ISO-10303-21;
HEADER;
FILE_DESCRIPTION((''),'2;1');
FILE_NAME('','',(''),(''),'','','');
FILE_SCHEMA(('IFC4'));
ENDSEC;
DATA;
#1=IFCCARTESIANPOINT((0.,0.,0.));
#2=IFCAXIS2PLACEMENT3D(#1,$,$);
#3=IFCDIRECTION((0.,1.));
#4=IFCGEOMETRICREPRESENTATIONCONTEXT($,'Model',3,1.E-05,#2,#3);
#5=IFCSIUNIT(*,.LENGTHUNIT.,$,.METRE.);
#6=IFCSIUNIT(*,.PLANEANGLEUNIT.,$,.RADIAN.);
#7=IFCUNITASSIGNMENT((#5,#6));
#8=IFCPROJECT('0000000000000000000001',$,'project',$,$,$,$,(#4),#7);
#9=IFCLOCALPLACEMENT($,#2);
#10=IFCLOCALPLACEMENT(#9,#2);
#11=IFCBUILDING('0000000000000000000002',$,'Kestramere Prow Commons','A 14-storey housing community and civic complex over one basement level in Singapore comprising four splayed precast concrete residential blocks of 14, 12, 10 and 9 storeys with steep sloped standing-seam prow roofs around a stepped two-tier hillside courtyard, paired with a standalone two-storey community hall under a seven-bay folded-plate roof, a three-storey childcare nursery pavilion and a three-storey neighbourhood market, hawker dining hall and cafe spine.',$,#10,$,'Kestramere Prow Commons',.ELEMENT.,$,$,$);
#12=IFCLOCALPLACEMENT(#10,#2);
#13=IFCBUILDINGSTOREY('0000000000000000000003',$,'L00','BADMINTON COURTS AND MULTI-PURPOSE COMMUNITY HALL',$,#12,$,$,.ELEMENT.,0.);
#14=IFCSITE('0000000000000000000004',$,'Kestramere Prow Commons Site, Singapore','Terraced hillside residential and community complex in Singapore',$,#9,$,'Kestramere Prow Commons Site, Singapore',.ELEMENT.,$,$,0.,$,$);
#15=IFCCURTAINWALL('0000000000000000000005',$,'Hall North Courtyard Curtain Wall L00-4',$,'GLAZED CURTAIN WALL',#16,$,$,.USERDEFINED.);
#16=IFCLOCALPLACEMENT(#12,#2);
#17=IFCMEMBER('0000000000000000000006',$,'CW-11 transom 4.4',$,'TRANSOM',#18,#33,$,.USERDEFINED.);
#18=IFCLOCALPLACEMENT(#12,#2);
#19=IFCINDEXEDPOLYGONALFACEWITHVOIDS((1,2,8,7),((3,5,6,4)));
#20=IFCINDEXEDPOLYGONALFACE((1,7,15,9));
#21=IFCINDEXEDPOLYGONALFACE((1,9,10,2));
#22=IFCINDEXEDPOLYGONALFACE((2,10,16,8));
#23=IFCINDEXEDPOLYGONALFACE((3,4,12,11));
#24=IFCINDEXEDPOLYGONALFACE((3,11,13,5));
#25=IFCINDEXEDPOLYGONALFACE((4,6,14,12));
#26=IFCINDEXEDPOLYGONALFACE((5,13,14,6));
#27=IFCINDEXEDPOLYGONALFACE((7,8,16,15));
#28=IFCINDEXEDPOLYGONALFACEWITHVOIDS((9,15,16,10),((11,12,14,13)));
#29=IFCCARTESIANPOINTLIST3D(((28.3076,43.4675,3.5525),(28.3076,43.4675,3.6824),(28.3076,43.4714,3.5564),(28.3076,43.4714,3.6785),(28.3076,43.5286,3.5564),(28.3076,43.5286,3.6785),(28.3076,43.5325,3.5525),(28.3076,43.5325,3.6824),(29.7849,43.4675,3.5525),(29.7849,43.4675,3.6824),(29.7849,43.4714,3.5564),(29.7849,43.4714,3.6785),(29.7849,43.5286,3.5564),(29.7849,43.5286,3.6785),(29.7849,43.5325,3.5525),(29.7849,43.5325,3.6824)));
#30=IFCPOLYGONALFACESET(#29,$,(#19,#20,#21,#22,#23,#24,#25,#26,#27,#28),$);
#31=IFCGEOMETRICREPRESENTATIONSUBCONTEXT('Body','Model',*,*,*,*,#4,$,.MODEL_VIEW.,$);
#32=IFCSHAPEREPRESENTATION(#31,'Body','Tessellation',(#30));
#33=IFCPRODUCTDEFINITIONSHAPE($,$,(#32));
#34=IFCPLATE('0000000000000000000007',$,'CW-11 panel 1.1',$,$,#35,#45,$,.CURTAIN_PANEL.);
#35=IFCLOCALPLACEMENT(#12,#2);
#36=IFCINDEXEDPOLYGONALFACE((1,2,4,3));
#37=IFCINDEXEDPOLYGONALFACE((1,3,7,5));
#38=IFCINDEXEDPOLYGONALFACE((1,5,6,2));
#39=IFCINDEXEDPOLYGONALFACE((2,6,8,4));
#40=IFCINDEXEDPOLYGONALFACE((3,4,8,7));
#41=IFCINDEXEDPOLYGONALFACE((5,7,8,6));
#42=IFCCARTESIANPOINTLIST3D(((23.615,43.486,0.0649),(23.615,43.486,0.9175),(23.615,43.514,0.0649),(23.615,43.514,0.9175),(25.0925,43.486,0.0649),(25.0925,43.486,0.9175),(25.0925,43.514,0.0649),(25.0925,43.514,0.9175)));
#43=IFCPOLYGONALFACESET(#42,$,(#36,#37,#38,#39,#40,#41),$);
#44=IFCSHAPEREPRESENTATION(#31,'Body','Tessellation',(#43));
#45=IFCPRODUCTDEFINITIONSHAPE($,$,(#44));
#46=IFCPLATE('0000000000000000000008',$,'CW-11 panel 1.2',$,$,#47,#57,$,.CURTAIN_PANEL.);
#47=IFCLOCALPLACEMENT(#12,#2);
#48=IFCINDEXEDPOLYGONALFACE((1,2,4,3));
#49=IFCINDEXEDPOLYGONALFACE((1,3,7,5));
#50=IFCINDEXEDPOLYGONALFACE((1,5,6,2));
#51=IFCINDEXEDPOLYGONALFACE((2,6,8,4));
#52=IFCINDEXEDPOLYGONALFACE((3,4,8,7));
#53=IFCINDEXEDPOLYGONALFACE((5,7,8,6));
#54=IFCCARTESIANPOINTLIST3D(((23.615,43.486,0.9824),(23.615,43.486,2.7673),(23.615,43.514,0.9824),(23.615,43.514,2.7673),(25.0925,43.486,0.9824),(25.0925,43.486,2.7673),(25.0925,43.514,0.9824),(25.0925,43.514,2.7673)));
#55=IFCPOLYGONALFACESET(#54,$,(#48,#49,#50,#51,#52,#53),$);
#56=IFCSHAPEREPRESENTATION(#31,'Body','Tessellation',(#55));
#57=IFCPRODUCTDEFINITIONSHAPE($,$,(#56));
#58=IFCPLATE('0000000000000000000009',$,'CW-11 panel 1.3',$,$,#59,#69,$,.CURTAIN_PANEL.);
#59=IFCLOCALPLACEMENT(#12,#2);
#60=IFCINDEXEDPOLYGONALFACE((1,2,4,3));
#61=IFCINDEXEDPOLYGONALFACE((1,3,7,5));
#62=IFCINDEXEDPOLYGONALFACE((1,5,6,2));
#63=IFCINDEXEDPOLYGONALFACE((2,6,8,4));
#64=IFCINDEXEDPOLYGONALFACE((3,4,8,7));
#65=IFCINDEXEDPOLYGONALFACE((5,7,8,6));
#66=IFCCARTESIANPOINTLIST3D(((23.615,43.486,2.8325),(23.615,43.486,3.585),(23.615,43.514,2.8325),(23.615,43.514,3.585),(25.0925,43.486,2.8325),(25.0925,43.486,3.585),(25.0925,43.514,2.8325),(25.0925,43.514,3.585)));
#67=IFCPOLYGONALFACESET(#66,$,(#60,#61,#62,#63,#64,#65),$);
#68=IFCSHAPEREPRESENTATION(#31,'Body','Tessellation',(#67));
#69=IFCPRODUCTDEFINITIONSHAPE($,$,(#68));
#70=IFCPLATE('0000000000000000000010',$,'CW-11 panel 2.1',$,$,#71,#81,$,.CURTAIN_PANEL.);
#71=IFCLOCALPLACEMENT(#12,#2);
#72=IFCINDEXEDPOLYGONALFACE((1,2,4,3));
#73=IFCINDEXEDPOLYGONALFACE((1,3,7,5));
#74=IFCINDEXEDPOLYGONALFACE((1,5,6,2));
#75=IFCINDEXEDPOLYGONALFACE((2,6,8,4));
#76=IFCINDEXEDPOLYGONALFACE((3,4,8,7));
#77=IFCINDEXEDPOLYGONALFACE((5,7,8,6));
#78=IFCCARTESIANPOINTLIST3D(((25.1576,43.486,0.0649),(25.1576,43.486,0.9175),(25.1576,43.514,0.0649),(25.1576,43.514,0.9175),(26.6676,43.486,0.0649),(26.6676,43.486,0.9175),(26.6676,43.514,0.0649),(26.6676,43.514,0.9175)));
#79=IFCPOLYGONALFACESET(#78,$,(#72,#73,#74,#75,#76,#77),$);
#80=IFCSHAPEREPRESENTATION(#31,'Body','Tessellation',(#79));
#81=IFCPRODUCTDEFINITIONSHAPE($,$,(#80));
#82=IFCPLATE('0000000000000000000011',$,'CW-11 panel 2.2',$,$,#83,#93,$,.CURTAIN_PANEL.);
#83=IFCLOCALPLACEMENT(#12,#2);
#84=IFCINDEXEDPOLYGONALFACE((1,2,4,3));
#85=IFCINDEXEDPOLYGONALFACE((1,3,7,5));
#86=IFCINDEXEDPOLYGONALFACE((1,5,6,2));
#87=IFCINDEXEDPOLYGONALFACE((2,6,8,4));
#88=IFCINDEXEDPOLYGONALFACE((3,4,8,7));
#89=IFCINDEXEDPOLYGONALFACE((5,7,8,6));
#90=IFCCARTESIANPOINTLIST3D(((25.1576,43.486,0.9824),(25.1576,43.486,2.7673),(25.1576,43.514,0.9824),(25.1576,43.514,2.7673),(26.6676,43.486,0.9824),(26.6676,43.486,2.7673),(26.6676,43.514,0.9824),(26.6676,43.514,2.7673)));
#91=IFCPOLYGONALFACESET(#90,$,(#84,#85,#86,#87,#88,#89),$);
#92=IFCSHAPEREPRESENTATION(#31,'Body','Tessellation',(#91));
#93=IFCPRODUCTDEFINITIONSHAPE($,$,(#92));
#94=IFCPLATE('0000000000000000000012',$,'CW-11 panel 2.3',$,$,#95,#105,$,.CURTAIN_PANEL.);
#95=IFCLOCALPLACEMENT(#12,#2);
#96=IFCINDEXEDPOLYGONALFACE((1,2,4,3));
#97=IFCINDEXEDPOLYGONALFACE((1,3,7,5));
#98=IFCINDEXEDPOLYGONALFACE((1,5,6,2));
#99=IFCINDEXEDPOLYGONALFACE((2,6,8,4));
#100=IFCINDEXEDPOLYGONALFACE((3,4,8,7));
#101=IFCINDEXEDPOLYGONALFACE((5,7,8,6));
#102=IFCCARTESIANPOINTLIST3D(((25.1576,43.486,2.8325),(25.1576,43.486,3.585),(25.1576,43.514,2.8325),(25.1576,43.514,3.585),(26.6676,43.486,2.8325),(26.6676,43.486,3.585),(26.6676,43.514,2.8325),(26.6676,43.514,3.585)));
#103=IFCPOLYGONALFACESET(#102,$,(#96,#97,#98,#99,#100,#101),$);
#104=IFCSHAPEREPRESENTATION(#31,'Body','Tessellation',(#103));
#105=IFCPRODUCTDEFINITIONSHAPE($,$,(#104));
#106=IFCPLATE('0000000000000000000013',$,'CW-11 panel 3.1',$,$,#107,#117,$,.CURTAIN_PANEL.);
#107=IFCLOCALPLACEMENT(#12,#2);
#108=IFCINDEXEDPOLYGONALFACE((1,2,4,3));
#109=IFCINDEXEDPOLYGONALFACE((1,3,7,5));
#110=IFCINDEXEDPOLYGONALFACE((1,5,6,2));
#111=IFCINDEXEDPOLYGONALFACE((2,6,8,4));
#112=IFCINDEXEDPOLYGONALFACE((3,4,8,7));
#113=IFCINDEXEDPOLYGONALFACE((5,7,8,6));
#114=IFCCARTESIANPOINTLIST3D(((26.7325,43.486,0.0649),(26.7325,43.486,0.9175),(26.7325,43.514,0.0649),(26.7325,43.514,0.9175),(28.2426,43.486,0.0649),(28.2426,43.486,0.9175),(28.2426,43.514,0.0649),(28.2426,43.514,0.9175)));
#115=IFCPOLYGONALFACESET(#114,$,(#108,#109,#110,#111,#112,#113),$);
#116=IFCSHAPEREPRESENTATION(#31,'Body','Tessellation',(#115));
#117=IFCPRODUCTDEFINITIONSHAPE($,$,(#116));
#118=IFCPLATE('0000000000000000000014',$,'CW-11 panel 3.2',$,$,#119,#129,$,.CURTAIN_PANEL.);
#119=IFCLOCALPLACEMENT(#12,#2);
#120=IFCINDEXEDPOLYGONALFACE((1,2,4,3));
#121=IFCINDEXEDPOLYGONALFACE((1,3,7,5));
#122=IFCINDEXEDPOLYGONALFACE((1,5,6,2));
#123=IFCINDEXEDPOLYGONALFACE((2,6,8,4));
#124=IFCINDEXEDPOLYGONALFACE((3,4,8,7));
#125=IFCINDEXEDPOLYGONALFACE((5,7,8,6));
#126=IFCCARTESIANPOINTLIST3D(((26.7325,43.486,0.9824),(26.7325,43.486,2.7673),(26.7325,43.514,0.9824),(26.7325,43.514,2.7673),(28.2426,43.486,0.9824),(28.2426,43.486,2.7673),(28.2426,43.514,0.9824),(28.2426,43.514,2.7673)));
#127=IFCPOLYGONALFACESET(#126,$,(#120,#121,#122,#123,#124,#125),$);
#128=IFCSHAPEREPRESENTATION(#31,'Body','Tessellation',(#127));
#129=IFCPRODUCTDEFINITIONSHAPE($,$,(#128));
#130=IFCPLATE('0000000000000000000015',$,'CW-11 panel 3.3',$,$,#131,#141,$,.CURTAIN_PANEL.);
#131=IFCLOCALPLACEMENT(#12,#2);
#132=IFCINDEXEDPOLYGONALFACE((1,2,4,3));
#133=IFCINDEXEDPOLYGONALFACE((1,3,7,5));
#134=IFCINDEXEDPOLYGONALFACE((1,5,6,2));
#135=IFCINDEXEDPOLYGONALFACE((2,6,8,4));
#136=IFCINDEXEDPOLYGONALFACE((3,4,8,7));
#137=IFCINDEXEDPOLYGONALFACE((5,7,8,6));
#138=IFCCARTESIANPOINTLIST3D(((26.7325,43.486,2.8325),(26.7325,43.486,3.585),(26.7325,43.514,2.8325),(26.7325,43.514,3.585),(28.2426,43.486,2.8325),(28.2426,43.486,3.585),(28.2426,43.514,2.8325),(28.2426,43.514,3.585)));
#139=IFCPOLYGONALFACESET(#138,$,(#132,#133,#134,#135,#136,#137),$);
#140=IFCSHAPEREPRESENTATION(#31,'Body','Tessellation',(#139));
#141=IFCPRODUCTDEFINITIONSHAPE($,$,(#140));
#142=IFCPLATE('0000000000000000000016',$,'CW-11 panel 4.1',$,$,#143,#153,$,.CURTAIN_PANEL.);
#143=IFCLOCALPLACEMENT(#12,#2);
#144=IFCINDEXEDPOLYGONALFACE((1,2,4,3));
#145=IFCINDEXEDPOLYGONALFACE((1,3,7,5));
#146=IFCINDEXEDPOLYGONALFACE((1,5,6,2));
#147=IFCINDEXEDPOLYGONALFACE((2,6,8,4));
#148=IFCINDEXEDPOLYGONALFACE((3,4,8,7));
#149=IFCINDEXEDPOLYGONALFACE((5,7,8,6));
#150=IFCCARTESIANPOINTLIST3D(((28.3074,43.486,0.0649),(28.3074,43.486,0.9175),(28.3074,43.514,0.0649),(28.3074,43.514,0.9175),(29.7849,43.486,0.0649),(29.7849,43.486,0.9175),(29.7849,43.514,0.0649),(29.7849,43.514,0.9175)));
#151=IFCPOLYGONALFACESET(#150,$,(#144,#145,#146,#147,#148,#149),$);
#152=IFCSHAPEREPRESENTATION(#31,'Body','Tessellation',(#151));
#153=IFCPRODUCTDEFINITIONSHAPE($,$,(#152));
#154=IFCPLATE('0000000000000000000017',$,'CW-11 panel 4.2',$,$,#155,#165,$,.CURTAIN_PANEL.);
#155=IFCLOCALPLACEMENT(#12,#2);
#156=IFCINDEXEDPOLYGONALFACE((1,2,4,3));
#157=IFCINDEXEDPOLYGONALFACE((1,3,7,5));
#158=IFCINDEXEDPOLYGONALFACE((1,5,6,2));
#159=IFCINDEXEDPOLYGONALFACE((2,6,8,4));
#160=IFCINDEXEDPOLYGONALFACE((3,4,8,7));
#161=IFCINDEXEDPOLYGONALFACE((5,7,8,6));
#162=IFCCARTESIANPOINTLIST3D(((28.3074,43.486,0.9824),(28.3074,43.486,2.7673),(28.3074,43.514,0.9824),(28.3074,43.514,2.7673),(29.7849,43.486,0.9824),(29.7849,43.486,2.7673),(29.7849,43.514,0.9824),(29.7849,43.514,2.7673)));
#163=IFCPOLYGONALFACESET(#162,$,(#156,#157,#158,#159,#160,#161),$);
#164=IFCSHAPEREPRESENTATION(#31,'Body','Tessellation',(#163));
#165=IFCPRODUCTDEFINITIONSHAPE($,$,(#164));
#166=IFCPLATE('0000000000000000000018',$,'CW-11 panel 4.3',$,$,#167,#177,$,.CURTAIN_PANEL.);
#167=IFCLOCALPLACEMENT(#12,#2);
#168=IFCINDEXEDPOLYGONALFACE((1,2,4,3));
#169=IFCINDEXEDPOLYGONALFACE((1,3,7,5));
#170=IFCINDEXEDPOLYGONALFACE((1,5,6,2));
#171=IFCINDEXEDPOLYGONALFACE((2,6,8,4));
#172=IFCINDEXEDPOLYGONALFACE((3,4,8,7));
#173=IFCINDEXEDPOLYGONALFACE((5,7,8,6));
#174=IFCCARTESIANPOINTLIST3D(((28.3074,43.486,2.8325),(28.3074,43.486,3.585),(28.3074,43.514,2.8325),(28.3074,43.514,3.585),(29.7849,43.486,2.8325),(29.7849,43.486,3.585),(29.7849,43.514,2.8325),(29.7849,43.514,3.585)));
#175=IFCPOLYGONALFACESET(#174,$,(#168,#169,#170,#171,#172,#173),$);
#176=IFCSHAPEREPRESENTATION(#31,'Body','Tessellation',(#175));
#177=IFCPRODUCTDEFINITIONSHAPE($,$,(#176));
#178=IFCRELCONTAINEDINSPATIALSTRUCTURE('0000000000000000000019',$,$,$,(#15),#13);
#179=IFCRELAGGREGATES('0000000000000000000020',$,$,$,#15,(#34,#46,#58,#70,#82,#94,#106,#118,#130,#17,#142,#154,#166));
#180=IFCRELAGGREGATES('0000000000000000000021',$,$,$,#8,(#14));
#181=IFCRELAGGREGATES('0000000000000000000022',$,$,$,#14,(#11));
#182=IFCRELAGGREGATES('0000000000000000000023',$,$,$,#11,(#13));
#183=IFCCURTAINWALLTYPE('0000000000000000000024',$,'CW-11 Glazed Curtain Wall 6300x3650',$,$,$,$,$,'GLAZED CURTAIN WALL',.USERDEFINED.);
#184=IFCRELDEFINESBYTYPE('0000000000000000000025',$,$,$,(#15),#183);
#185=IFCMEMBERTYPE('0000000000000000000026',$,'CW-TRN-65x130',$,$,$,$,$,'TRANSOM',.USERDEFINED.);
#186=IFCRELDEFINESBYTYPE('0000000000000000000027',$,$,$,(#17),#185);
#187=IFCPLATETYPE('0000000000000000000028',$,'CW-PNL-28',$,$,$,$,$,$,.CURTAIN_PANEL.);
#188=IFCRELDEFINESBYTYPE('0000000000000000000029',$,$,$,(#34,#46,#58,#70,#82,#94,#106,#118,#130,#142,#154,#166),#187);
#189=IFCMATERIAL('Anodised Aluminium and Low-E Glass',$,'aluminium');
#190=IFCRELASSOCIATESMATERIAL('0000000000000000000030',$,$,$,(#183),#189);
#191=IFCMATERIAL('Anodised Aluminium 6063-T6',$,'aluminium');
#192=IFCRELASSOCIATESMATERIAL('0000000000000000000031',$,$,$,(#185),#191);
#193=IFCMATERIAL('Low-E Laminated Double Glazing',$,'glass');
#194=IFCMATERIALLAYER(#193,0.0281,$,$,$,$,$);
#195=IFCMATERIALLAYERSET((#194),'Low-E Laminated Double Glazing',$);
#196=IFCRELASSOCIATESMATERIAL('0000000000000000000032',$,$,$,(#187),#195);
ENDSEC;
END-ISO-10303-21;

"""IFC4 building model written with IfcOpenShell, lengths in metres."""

from ifc_helpers import new_model, si_unit, direction, frame, origin, origin_2d, place, context, subcontext, project, spatial, rectangle, hollow_rectangle, extrude, material, layer, layer_set, material_profile, profile_set, type_object, element, aggregate, save


model = new_model("IFC4")

# Units and contexts
model_context = context("Model", 3, precision=1e-05, world=origin(), true_north=direction((0.0, 1.0)))
body_context = subcontext(model_context, "Body", "Model", "MODEL_VIEW")
ifc_project = project(units=[si_unit("LENGTHUNIT", "METRE"), si_unit("PLANEANGLEUNIT", "RADIAN")], contexts=[model_context])

# Site, building, storey
site_placement = place(None, origin())
site = spatial("IfcSite", under=ifc_project, at=site_placement, Name="Kestramere Prow Commons Site, Singapore", Description="Terraced hillside residential and community complex in Singapore", LongName="Kestramere Prow Commons Site, Singapore", CompositionType="ELEMENT", RefElevation=0.0)
building_placement = place(site_placement, origin())
building = spatial("IfcBuilding", under=site, at=building_placement, Name="Kestramere Prow Commons", Description="A 14-storey housing community and civic complex over one basement level in Singapore comprising four splayed precast concrete residential blocks of 14, 12, 10 and 9 storeys with steep sloped standing-seam prow roofs around a stepped two-tier hillside courtyard, paired with a standalone two-storey community hall under a seven-bay folded-plate roof, a three-storey childcare nursery pavilion and a three-storey neighbourhood market, hawker dining hall and cafe spine.", LongName="Kestramere Prow Commons", CompositionType="ELEMENT")
storey_placement = place(building_placement, origin())
storey = spatial("IfcBuildingStorey", under=building, at=storey_placement, Name="L00", Description="BADMINTON COURTS AND MULTI-PURPOSE COMMUNITY HALL", CompositionType="ELEMENT", Elevation=0.0)

# Curtain wall, member, plates
ifc_material_1 = material(Name="Anodised Aluminium and Low-E Glass", Category="aluminium")
curtain_wall_type = type_object("IfcCurtainWallType", Name="CW-11 Glazed Curtain Wall 6300x3650", ElementType="GLAZED CURTAIN WALL", PredefinedType="USERDEFINED", material=ifc_material_1)
curtain_wall_placement = place(storey_placement, origin())
curtain_wall = element("IfcCurtainWall", 1, at=curtain_wall_placement, inside=storey, type_object=curtain_wall_type, Name="Hall North Courtyard Curtain Wall L00-4", ObjectType="GLAZED CURTAIN WALL", PredefinedType="USERDEFINED")
ifc_material_2 = material(Name="Anodised Aluminium 6063-T6", Category="aluminium")
ifc_material_profile_1 = material_profile(ifc_material_2, hollow_rectangle(XDim=0.0649, YDim=0.1299, WallThickness=0.0039, at=origin_2d()), Name="ALU-TRN 65x130")
ifc_profile_set_1 = profile_set([ifc_material_profile_1], Name="Anodised Aluminium 6063-T6")
member_type_1 = type_object("IfcMemberType", Name="CW-TRN-65x130", ElementType="TRANSOM", PredefinedType="USERDEFINED", material=ifc_profile_set_1)
member_1_placement = place(storey_placement, frame((28.3076, 43.5, 3.6174), z_axis=(1.0, 0.0, 0.0), x_axis=(0.0, 1.0, 0.0)))
member_1 = element("IfcMember", 2, at=member_1_placement, type_object=member_type_1, Name="CW-11 transom 4.4", ObjectType="TRANSOM", PredefinedType="USERDEFINED", context=body_context, shape_type="SweptSolid", body=[
    extrude(hollow_rectangle(XDim=0.0649, YDim=0.1299, WallThickness=0.0039, at=origin_2d()), origin(), (0.0, 0.0, 1.0), 1.4773),
])
ifc_material_3 = material(Name="Low-E Laminated Double Glazing", Category="glass")
ifc_layer = layer(ifc_material_3, 0.0281)
ifc_layer_set = layer_set([ifc_layer], Name="Low-E Laminated Double Glazing")
plate_type = type_object("IfcPlateType", Name="CW-PNL-28", PredefinedType="CURTAIN_PANEL", material=ifc_layer_set)
plate_1_placement = place(storey_placement, frame((24.3538, 43.5, 0.0649), z_axis=(0.0, 0.0, 1.0), x_axis=(1.0, 0.0, 0.0)))
plate_1 = element("IfcPlate", 3, at=plate_1_placement, type_object=plate_type, Name="CW-11 panel 1.1", PredefinedType="CURTAIN_PANEL", context=body_context, shape_type="SweptSolid", body=[
    extrude(rectangle(XDim=1.4775, YDim=0.0281, at=origin_2d()), origin(), (0.0, 0.0, 1.0), 0.8525),
])
plate_2_placement = place(storey_placement, frame((24.3538, 43.5, 0.9824), z_axis=(0.0, 0.0, 1.0), x_axis=(1.0, 0.0, 0.0)))
plate_2 = element("IfcPlate", 4, at=plate_2_placement, type_object=plate_type, Name="CW-11 panel 1.2", PredefinedType="CURTAIN_PANEL", context=body_context, shape_type="SweptSolid", body=[
    extrude(rectangle(XDim=1.4775, YDim=0.0281, at=origin_2d()), origin(), (0.0, 0.0, 1.0), 1.7849),
])
plate_3_placement = place(storey_placement, frame((24.3538, 43.5, 2.8325), z_axis=(0.0, 0.0, 1.0), x_axis=(1.0, 0.0, 0.0)))
plate_3 = element("IfcPlate", 5, at=plate_3_placement, type_object=plate_type, Name="CW-11 panel 1.3", PredefinedType="CURTAIN_PANEL", context=body_context, shape_type="SweptSolid", body=[
    extrude(rectangle(XDim=1.4775, YDim=0.0281, at=origin_2d()), origin(), (0.0, 0.0, 1.0), 0.7524),
])
plate_4_placement = place(storey_placement, frame((25.9126, 43.5, 0.0649), z_axis=(0.0, 0.0, 1.0), x_axis=(1.0, 0.0, 0.0)))
plate_4 = element("IfcPlate", 6, at=plate_4_placement, type_object=plate_type, Name="CW-11 panel 2.1", PredefinedType="CURTAIN_PANEL", context=body_context, shape_type="SweptSolid", body=[
    extrude(rectangle(XDim=1.51, YDim=0.0281, at=origin_2d()), origin(), (0.0, 0.0, 1.0), 0.8525),
])
plate_5_placement = place(storey_placement, frame((25.9126, 43.5, 0.9824), z_axis=(0.0, 0.0, 1.0), x_axis=(1.0, 0.0, 0.0)))
plate_5 = element("IfcPlate", 7, at=plate_5_placement, type_object=plate_type, Name="CW-11 panel 2.2", PredefinedType="CURTAIN_PANEL", context=body_context, shape_type="SweptSolid", body=[
    extrude(rectangle(XDim=1.51, YDim=0.0281, at=origin_2d()), origin(), (0.0, 0.0, 1.0), 1.7849),
])
plate_6_placement = place(storey_placement, frame((25.9126, 43.5, 2.8325), z_axis=(0.0, 0.0, 1.0), x_axis=(1.0, 0.0, 0.0)))
plate_6 = element("IfcPlate", 8, at=plate_6_placement, type_object=plate_type, Name="CW-11 panel 2.3", PredefinedType="CURTAIN_PANEL", context=body_context, shape_type="SweptSolid", body=[
    extrude(rectangle(XDim=1.51, YDim=0.0281, at=origin_2d()), origin(), (0.0, 0.0, 1.0), 0.7524),
])
plate_7_placement = place(storey_placement, frame((27.4875, 43.5, 0.0649), z_axis=(0.0, 0.0, 1.0), x_axis=(1.0, 0.0, 0.0)))
plate_7 = element("IfcPlate", 9, at=plate_7_placement, type_object=plate_type, Name="CW-11 panel 3.1", PredefinedType="CURTAIN_PANEL", context=body_context, shape_type="SweptSolid", body=[
    extrude(rectangle(XDim=1.51, YDim=0.0281, at=origin_2d()), origin(), (0.0, 0.0, 1.0), 0.8525),
])
plate_8_placement = place(storey_placement, frame((27.4875, 43.5, 0.9824), z_axis=(0.0, 0.0, 1.0), x_axis=(1.0, 0.0, 0.0)))
plate_8 = element("IfcPlate", 10, at=plate_8_placement, type_object=plate_type, Name="CW-11 panel 3.2", PredefinedType="CURTAIN_PANEL", context=body_context, shape_type="SweptSolid", body=[
    extrude(rectangle(XDim=1.51, YDim=0.0281, at=origin_2d()), origin(), (0.0, 0.0, 1.0), 1.7849),
])
plate_9_placement = place(storey_placement, frame((27.4875, 43.5, 2.8325), z_axis=(0.0, 0.0, 1.0), x_axis=(1.0, 0.0, 0.0)))
plate_9 = element("IfcPlate", 11, at=plate_9_placement, type_object=plate_type, Name="CW-11 panel 3.3", PredefinedType="CURTAIN_PANEL", context=body_context, shape_type="SweptSolid", body=[
    extrude(rectangle(XDim=1.51, YDim=0.0281, at=origin_2d()), origin(), (0.0, 0.0, 1.0), 0.7524),
])
plate_10_placement = place(storey_placement, frame((29.0461, 43.5, 0.0649), z_axis=(0.0, 0.0, 1.0), x_axis=(1.0, 0.0, 0.0)))
plate_10 = element("IfcPlate", 12, at=plate_10_placement, type_object=plate_type, Name="CW-11 panel 4.1", PredefinedType="CURTAIN_PANEL", context=body_context, shape_type="SweptSolid", body=[
    extrude(rectangle(XDim=1.4775, YDim=0.0281, at=origin_2d()), origin(), (0.0, 0.0, 1.0), 0.8525),
])
plate_11_placement = place(storey_placement, frame((29.0461, 43.5, 0.9824), z_axis=(0.0, 0.0, 1.0), x_axis=(1.0, 0.0, 0.0)))
plate_11 = element("IfcPlate", 13, at=plate_11_placement, type_object=plate_type, Name="CW-11 panel 4.2", PredefinedType="CURTAIN_PANEL", context=body_context, shape_type="SweptSolid", body=[
    extrude(rectangle(XDim=1.4775, YDim=0.0281, at=origin_2d()), origin(), (0.0, 0.0, 1.0), 1.7849),
])
plate_12_placement = place(storey_placement, frame((29.0461, 43.5, 2.8325), z_axis=(0.0, 0.0, 1.0), x_axis=(1.0, 0.0, 0.0)))
plate_12 = element("IfcPlate", 14, at=plate_12_placement, type_object=plate_type, Name="CW-11 panel 4.3", PredefinedType="CURTAIN_PANEL", context=body_context, shape_type="SweptSolid", body=[
    extrude(rectangle(XDim=1.4775, YDim=0.0281, at=origin_2d()), origin(), (0.0, 0.0, 1.0), 0.7524),
])
aggregate(curtain_wall, [plate_1, plate_2, plate_3, plate_4, plate_5, plate_6, plate_7, plate_8, plate_9, member_1, plate_10, plate_11, plate_12])

save(model, "model.ifc")
